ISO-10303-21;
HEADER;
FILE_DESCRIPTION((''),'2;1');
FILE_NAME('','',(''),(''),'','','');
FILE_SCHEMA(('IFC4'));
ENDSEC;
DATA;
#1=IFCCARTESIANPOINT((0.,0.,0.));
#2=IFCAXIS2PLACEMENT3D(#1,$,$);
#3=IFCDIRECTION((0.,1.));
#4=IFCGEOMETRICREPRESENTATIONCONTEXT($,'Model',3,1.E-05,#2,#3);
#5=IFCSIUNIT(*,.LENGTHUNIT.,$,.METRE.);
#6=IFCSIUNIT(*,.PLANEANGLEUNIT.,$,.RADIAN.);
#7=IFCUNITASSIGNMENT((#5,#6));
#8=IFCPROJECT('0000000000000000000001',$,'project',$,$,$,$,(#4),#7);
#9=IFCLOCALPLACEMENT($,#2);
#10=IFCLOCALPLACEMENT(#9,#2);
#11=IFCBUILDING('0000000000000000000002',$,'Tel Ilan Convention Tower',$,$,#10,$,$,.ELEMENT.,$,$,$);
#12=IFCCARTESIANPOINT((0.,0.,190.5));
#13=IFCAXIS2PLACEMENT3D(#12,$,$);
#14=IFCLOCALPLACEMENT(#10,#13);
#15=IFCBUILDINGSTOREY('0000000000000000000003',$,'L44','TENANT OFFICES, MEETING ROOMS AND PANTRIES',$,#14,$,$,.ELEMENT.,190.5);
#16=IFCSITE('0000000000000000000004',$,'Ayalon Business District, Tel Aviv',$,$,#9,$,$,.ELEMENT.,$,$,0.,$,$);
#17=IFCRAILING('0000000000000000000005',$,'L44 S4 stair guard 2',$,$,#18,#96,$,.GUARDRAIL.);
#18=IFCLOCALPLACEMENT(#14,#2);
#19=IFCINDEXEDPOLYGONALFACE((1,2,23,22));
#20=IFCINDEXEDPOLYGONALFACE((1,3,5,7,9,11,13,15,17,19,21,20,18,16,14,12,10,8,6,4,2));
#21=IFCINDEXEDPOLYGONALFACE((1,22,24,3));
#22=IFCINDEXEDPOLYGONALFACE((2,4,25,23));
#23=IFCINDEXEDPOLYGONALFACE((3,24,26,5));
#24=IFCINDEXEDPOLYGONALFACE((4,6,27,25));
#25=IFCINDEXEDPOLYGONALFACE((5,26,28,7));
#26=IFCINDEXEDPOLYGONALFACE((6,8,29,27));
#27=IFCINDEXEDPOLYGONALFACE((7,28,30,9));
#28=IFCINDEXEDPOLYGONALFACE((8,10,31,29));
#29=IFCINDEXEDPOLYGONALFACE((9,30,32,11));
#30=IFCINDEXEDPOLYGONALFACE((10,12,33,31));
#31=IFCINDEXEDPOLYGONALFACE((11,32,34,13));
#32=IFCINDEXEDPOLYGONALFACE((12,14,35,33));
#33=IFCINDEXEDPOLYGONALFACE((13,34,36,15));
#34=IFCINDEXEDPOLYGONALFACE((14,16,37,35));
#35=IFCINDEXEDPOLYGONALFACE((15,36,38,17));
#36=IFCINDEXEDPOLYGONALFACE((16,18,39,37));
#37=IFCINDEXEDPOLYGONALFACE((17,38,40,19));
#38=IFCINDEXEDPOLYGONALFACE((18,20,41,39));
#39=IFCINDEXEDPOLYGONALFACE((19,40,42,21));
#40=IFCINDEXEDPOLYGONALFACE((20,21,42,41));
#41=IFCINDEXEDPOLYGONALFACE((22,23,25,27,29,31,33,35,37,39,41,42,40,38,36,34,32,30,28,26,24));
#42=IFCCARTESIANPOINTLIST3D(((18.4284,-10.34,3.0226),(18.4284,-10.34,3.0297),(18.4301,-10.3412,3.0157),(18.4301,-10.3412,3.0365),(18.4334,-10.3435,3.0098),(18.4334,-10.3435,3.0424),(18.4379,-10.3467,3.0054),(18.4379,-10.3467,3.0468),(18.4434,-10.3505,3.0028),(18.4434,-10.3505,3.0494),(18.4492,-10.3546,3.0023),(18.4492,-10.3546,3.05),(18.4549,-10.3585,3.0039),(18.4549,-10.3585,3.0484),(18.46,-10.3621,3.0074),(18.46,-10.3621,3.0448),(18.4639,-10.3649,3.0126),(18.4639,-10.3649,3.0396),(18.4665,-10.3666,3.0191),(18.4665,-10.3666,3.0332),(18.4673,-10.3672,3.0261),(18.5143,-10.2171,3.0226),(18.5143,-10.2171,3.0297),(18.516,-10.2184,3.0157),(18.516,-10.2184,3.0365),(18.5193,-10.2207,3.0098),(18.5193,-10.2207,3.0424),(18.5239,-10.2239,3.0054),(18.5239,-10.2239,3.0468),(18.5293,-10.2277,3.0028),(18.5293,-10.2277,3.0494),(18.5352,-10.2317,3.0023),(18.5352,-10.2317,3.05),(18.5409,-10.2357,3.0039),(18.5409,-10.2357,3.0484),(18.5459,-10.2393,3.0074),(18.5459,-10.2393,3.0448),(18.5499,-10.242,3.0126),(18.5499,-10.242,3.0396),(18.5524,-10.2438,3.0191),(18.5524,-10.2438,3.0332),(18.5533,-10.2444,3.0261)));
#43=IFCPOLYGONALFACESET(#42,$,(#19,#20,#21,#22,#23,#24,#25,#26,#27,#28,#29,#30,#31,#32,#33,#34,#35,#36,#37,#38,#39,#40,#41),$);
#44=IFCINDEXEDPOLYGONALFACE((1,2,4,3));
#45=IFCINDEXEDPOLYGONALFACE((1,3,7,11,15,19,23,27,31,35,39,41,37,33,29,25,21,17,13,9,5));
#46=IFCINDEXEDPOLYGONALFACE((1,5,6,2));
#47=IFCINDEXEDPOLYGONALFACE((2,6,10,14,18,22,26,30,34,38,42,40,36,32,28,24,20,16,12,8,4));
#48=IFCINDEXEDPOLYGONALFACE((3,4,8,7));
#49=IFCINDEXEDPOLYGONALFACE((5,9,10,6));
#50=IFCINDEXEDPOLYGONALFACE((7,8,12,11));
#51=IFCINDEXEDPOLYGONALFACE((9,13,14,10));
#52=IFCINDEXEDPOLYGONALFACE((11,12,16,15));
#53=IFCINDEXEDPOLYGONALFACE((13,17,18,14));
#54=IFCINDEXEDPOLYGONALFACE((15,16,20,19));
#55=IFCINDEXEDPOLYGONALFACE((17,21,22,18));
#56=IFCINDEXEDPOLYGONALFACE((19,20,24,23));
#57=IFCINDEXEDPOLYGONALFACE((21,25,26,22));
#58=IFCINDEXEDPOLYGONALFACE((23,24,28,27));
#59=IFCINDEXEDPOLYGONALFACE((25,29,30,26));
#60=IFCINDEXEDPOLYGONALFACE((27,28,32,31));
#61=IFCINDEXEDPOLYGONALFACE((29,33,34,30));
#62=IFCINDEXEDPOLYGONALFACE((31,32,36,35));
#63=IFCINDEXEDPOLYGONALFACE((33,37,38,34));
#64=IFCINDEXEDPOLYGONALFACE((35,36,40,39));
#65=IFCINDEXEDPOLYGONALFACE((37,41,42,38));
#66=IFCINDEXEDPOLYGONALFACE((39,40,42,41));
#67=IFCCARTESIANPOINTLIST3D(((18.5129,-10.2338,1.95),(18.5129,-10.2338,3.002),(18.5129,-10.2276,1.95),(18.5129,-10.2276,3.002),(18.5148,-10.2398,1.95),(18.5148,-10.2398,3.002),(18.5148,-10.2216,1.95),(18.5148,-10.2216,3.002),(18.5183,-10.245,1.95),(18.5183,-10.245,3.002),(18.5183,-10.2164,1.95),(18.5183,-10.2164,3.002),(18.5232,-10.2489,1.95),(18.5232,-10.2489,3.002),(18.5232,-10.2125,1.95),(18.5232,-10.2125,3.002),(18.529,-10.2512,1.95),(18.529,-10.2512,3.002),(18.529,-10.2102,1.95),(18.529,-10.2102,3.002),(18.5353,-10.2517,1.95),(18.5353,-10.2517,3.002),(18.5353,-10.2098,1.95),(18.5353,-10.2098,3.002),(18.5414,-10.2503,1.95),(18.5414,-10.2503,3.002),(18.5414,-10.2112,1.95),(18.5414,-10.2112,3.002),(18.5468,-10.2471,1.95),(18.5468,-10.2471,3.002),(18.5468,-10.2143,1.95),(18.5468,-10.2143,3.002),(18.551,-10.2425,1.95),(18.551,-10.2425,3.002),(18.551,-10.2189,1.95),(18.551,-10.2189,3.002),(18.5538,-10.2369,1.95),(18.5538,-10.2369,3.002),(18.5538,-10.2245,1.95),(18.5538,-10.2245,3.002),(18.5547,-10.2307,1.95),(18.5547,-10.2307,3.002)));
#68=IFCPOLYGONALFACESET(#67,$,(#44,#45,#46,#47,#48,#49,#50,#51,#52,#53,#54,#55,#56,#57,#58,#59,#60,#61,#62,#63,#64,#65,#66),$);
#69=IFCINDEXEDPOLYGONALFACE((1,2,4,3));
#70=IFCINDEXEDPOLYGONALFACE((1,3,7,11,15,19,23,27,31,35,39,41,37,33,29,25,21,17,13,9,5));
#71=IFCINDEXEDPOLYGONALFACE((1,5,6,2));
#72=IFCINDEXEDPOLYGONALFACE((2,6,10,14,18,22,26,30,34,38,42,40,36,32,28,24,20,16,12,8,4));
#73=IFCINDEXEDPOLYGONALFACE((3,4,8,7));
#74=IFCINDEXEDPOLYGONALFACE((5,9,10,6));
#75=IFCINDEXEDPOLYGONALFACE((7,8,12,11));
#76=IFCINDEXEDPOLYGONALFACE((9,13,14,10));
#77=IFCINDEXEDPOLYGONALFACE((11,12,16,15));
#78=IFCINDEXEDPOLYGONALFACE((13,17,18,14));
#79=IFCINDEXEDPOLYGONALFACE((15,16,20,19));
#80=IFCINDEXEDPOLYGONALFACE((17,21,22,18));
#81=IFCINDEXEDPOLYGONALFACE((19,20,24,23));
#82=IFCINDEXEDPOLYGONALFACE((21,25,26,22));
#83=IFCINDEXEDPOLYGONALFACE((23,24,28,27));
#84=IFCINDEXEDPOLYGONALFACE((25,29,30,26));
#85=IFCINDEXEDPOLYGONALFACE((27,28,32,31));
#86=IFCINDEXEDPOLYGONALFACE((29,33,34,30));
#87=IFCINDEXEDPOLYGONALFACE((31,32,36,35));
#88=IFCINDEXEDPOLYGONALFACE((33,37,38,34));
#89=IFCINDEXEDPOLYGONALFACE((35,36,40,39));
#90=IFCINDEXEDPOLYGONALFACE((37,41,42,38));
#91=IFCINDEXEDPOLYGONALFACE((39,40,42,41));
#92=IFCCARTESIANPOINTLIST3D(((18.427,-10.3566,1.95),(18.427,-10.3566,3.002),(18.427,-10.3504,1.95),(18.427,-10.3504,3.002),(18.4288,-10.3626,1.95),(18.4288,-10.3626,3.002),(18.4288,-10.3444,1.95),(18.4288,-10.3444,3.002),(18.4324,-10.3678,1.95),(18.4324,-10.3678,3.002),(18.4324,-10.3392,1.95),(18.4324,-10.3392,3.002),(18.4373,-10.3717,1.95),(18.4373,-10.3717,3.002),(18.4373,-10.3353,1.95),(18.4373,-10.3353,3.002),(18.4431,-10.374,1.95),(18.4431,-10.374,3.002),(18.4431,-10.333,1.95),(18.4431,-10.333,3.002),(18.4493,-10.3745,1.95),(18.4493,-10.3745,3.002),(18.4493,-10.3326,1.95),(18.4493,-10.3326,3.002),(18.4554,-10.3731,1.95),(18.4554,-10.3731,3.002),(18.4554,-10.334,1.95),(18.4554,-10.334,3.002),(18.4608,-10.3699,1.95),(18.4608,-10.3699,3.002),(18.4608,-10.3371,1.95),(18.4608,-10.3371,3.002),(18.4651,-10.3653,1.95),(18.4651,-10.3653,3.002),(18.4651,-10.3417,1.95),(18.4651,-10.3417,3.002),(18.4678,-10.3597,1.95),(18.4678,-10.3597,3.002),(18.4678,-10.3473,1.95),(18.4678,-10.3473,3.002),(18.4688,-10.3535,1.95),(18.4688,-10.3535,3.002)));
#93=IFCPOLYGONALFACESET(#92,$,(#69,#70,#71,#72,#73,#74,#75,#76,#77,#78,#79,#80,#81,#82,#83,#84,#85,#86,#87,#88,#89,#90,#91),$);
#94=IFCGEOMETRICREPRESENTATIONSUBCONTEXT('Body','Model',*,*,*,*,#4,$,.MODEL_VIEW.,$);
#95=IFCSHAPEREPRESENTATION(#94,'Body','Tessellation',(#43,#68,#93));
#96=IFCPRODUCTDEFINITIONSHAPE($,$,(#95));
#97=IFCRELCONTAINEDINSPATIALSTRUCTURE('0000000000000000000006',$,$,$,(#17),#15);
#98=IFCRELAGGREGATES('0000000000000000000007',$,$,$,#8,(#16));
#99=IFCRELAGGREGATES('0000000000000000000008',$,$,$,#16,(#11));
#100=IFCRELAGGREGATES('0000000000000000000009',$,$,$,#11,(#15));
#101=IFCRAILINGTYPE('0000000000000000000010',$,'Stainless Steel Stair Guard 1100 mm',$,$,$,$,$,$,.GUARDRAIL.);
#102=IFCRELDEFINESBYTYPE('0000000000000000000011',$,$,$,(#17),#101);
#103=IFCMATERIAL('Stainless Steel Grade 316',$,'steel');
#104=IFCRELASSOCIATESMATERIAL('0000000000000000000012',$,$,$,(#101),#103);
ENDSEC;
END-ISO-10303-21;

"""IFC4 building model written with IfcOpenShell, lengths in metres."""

from ifc_helpers import new_model, si_unit, direction, frame, origin, origin_2d, place, context, subcontext, project, spatial, circle, extrude, material, type_object, element, save


model = new_model("IFC4")

# Units and contexts
model_context = context("Model", 3, precision=1e-05, world=origin(), true_north=direction((0.0, 1.0)))
body_context = subcontext(model_context, "Body", "Model", "MODEL_VIEW")
ifc_project = project(units=[si_unit("LENGTHUNIT", "METRE"), si_unit("PLANEANGLEUNIT", "RADIAN")], contexts=[model_context])

# Site, building, storey
site_placement = place(None, origin())
site = spatial("IfcSite", under=ifc_project, at=site_placement, Name="Ayalon Business District, Tel Aviv", CompositionType="ELEMENT", RefElevation=0.0)
building_placement = place(site_placement, origin())
building = spatial("IfcBuilding", under=site, at=building_placement, Name="Tel Ilan Convention Tower", CompositionType="ELEMENT")
storey_placement = place(building_placement, frame((0.0, 0.0, 190.5)))
storey = spatial("IfcBuildingStorey", under=building, at=storey_placement, Name="L44", Description="TENANT OFFICES, MEETING ROOMS AND PANTRIES", CompositionType="ELEMENT", Elevation=190.5)

# Railing
ifc_material_1 = material(Name="Stainless Steel Grade 316", Category="steel")
railing_type_1 = type_object("IfcRailingType", Name="Stainless Steel Stair Guard 1100 mm", PredefinedType="GUARDRAIL", material=ifc_material_1)
railing_1_placement = place(storey_placement, frame((18.5337, -10.2307, 1.95)))
element("IfcRailing", 1, at=railing_1_placement, inside=storey, type_object=railing_type_1, Name="L44 S4 stair guard 2", PredefinedType="GUARDRAIL", context=body_context, shape_type="SweptSolid", body=[
    extrude(circle(Radius=0.0239, at=origin_2d()), frame((0.0, 0.0, 1.0762), z_axis=(-0.573353, -0.819308, 0.0), x_axis=(0.819308, -0.573353, 0.0)), (0.0, 0.0, 1.0), 0.1499),
    extrude(circle(Radius=0.021, at=origin_2d()), origin(), (0.0, 0.0, 1.0), 1.052),
    extrude(circle(Radius=0.021, at=origin_2d()), frame((-0.0859, -0.1228, 0.0)), (0.0, 0.0, 1.0), 1.052),
])

save(model, "model.ifc")
